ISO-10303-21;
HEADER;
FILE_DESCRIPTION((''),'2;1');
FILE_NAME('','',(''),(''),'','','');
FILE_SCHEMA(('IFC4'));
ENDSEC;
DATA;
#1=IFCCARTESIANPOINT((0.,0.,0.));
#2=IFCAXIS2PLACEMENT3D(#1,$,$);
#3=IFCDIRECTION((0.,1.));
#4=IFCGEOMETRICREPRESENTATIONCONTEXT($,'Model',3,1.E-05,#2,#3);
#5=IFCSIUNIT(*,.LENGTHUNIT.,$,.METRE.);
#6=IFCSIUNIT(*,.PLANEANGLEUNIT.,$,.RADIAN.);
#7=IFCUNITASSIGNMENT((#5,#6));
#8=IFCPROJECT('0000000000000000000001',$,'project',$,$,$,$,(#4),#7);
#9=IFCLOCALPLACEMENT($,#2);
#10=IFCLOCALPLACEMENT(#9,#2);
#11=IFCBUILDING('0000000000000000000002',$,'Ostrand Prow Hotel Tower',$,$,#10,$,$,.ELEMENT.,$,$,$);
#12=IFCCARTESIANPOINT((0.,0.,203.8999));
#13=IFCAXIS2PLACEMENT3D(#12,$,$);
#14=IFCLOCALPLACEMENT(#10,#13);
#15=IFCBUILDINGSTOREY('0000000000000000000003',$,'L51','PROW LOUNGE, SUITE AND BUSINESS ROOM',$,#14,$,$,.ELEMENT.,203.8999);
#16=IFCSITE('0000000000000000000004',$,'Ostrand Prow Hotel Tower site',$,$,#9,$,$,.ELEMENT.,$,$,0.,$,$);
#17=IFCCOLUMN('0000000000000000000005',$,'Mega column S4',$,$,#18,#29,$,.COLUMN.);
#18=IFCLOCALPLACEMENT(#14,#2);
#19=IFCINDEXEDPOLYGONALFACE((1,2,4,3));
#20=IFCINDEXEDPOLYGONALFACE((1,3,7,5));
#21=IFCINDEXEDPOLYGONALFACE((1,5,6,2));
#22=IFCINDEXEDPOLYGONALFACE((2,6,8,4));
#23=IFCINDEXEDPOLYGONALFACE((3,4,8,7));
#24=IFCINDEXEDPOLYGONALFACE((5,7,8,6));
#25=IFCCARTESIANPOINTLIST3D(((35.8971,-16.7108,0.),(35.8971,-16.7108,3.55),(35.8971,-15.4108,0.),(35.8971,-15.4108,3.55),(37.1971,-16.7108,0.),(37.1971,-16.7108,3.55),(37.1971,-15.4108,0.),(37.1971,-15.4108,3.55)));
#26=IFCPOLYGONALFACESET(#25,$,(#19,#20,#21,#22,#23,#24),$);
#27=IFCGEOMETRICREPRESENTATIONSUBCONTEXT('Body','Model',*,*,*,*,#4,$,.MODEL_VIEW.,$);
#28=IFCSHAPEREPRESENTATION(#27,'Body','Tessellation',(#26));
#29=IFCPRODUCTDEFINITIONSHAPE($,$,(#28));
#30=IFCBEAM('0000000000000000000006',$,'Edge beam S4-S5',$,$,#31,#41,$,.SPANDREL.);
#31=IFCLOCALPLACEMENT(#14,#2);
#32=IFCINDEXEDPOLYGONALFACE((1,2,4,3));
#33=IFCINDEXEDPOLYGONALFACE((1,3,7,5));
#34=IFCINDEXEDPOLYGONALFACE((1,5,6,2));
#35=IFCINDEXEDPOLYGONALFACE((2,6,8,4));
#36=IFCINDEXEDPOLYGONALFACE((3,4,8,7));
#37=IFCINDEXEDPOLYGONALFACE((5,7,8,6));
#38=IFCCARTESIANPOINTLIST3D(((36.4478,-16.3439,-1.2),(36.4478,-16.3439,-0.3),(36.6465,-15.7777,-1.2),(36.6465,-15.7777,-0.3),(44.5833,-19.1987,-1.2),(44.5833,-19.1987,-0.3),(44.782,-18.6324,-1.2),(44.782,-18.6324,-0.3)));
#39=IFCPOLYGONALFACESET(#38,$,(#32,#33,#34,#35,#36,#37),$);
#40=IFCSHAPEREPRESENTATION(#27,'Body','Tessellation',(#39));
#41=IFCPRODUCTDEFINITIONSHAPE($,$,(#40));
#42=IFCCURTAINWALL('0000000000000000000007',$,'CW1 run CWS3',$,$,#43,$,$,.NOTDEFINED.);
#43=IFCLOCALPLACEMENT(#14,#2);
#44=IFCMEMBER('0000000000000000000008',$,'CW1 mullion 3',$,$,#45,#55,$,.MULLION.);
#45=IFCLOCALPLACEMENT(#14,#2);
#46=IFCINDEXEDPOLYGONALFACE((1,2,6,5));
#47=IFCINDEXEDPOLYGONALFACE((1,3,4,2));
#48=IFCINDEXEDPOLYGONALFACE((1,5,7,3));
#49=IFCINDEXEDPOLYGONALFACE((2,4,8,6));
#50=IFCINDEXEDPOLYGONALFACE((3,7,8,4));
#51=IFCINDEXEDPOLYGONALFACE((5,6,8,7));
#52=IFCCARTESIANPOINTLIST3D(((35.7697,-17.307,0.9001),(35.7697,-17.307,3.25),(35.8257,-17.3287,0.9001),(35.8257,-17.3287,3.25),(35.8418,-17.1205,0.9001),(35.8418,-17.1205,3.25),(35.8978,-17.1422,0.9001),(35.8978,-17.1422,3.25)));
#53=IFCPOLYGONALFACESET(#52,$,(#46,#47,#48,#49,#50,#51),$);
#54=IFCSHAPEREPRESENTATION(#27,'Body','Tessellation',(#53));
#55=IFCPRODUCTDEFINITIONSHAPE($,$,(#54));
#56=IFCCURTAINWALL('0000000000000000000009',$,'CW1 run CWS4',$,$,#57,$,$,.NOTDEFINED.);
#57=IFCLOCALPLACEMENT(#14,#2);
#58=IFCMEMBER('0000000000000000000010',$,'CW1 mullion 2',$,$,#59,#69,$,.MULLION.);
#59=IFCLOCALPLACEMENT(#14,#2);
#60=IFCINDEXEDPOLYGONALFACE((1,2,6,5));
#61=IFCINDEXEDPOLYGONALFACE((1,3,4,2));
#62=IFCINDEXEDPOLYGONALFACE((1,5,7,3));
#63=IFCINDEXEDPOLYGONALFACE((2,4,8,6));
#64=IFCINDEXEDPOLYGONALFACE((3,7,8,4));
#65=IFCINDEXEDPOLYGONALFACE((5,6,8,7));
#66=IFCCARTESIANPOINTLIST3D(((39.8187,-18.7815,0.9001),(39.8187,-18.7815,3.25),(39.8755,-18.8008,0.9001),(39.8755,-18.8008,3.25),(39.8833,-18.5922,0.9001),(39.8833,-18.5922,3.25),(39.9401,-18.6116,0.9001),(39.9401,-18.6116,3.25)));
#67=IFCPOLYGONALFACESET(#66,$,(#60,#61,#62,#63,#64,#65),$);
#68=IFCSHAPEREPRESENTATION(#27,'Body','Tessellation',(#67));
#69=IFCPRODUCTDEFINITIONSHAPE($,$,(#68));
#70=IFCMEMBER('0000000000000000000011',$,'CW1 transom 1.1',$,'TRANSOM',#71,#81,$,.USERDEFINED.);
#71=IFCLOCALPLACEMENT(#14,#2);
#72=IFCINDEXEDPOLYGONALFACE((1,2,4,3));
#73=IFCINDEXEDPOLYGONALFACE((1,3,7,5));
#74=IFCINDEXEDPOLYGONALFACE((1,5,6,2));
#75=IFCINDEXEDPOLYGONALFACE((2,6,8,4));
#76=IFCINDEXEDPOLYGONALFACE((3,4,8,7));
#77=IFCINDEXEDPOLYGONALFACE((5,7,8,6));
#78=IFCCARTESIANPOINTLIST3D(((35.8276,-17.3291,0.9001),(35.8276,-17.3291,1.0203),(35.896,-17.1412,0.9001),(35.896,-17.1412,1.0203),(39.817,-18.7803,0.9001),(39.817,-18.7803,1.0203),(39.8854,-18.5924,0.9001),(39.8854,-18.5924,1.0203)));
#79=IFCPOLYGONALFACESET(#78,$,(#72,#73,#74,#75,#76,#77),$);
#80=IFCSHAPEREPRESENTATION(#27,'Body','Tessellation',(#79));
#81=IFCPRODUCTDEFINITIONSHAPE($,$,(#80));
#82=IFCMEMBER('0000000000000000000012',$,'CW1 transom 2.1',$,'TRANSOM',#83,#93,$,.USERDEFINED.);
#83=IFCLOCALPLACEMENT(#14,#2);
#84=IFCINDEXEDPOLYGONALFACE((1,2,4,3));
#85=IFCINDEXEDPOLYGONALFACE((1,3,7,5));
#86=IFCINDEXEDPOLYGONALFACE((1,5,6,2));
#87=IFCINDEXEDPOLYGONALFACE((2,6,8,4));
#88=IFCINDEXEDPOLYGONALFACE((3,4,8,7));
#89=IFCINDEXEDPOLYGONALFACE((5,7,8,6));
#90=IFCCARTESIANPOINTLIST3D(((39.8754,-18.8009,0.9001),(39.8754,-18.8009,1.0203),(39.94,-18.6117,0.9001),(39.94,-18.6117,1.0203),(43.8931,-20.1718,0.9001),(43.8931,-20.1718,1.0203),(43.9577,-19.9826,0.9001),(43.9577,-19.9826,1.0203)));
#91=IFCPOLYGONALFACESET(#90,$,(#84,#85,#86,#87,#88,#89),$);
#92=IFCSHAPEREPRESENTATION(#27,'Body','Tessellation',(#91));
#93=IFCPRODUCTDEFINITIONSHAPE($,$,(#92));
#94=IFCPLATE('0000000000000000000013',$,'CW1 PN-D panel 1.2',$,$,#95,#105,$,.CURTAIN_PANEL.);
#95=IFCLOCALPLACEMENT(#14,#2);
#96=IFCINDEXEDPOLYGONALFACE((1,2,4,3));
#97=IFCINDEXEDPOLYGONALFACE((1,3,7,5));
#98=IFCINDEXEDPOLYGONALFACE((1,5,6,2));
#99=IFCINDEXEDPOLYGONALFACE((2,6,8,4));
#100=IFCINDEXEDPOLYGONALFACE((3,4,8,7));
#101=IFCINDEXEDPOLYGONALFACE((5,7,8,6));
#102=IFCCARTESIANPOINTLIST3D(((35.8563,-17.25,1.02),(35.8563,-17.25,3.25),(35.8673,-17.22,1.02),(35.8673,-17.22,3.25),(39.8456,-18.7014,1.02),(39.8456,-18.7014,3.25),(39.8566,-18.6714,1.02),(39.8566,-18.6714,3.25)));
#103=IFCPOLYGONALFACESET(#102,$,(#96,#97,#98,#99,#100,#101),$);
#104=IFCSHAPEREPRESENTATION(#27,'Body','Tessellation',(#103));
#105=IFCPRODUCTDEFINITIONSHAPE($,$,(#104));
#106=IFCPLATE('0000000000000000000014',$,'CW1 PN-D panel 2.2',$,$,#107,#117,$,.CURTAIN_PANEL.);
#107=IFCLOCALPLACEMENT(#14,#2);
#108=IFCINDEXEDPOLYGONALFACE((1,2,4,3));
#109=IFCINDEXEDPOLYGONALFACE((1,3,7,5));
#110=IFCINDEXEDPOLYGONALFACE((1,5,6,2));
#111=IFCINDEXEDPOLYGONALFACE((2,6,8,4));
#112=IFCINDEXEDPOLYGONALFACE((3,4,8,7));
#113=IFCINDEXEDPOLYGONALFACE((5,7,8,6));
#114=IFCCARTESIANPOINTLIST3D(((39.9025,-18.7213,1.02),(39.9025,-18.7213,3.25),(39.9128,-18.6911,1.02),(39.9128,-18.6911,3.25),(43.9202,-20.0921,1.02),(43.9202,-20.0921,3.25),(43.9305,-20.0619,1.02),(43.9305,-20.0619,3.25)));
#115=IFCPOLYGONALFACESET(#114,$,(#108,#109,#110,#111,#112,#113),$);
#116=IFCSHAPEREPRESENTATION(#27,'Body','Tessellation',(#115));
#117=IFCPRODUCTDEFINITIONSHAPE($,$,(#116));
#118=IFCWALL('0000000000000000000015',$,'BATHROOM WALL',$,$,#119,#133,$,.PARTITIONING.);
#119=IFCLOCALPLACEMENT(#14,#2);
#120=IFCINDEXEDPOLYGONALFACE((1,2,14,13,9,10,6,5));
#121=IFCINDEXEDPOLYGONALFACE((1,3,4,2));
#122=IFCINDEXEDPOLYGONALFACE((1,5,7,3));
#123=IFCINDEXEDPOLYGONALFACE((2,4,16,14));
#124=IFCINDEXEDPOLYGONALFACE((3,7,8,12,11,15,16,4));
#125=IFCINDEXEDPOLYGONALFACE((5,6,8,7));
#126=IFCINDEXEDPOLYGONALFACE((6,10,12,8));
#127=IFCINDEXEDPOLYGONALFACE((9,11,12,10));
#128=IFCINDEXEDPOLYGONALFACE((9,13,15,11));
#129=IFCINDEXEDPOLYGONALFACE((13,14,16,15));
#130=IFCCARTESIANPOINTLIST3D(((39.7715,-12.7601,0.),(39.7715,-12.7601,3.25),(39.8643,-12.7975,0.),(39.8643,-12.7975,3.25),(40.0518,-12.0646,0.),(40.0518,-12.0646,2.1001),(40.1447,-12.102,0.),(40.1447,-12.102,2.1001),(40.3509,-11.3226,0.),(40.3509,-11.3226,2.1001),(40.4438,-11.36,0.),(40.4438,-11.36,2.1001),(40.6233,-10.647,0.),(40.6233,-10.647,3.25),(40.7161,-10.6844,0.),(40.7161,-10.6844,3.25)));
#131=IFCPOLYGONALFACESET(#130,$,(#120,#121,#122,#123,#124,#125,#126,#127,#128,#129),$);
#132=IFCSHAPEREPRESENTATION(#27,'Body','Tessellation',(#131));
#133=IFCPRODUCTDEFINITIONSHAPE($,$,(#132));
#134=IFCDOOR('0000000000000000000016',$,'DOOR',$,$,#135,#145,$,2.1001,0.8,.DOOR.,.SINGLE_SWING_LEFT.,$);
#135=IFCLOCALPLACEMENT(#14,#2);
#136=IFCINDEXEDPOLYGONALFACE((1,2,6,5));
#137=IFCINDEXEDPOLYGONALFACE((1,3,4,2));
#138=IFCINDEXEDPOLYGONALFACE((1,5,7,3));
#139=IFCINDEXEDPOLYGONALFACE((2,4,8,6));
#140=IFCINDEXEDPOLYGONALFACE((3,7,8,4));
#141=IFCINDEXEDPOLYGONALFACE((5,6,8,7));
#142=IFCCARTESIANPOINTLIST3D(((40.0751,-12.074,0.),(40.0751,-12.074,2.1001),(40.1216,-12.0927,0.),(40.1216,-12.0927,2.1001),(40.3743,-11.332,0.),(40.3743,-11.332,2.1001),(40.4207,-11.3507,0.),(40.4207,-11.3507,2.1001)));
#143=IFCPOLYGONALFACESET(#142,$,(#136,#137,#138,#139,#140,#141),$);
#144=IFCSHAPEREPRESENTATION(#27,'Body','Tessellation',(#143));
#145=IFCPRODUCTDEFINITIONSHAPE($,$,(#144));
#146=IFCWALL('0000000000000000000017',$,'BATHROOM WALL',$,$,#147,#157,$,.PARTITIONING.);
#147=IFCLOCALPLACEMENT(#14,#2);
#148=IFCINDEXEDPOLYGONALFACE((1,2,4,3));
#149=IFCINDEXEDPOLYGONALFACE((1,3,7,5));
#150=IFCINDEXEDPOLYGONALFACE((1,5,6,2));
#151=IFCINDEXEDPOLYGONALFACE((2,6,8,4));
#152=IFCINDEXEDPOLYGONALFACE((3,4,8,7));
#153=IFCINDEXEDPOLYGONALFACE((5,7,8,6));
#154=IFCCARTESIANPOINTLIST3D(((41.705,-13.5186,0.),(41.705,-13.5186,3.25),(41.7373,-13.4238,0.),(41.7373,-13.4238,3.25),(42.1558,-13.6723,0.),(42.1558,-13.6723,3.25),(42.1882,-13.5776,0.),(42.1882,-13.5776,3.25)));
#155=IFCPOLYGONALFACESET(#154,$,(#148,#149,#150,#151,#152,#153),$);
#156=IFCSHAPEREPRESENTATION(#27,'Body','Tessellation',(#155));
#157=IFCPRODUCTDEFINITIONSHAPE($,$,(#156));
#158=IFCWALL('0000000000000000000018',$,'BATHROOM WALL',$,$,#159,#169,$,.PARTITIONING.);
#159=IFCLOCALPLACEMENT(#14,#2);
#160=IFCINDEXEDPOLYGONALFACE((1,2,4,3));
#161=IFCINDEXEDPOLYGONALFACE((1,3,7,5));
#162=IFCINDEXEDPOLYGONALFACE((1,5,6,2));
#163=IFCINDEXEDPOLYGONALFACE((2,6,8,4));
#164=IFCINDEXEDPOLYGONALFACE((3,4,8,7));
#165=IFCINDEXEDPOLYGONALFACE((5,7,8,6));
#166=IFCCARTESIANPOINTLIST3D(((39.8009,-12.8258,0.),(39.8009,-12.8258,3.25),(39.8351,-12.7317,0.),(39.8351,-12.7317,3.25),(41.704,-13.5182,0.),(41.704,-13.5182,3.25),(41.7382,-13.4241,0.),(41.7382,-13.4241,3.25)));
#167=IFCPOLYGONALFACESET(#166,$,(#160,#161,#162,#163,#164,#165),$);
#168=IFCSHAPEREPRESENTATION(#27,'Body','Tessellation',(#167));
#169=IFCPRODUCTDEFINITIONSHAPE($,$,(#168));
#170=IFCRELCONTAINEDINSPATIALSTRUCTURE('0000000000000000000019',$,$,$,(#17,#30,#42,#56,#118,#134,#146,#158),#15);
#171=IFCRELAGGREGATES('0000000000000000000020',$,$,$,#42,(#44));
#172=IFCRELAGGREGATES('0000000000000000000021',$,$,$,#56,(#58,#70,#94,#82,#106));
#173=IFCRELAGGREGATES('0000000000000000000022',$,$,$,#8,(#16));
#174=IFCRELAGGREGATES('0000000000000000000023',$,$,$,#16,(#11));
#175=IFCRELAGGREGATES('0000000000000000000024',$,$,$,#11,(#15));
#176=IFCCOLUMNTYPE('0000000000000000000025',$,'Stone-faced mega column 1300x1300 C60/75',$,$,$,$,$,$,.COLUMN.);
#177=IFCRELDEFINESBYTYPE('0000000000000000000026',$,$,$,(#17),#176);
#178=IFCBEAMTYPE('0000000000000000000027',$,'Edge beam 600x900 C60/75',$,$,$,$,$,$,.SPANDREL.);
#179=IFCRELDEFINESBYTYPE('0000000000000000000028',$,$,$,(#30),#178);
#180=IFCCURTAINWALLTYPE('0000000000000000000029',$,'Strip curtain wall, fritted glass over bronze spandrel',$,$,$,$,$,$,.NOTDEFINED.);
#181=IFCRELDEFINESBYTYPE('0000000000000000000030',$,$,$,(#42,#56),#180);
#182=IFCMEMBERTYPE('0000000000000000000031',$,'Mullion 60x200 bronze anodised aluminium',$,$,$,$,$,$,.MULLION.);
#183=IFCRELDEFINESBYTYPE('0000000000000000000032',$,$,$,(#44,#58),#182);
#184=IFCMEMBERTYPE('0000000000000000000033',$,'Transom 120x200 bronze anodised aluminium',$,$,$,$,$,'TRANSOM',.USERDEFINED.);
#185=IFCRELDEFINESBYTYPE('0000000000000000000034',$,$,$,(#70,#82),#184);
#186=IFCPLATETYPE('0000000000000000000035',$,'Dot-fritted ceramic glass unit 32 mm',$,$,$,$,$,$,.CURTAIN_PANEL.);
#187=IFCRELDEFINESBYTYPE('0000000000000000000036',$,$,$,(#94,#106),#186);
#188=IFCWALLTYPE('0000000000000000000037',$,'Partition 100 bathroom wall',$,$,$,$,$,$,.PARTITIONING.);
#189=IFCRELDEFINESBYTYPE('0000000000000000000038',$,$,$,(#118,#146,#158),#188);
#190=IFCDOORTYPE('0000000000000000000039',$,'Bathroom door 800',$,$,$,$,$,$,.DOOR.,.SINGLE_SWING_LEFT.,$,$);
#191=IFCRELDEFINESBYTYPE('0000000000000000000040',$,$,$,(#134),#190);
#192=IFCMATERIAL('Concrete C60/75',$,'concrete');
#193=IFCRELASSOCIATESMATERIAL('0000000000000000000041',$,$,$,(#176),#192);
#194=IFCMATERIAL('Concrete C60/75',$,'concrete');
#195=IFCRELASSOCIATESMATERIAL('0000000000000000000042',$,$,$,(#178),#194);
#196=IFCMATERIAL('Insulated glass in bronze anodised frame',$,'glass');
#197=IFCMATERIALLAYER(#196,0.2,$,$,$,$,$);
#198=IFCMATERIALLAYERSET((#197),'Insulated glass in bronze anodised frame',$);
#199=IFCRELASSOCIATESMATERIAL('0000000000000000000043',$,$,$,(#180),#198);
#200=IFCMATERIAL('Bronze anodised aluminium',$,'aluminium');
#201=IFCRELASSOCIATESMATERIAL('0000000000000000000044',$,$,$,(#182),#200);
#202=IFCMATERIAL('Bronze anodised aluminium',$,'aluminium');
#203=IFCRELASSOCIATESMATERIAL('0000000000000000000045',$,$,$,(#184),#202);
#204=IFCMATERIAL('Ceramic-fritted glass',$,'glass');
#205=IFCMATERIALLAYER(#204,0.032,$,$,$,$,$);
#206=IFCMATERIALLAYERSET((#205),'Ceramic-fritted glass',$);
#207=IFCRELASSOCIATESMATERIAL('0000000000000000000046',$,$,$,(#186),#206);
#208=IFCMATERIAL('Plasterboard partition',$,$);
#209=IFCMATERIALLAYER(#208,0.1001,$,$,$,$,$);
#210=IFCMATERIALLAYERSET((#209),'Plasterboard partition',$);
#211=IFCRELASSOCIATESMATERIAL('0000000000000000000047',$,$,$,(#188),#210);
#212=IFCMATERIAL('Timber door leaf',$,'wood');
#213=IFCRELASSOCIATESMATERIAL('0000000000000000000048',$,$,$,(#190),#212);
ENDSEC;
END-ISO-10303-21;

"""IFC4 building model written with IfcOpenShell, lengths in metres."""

from ifc_helpers import new_model, si_unit, direction, frame, frame_2d, origin, origin_2d, place, context, subcontext, project, spatial, rectangle, extrude, material, layer, layer_set, material_profile, profile_set, type_object, element, fill, aggregate, save


model = new_model("IFC4")

# Units and contexts
model_context = context("Model", 3, precision=1e-05, world=origin(), true_north=direction((0.0, 1.0)))
body_context = subcontext(model_context, "Body", "Model", "MODEL_VIEW")
ifc_project = project(units=[si_unit("LENGTHUNIT", "METRE"), si_unit("PLANEANGLEUNIT", "RADIAN")], contexts=[model_context])

# Site, building, storey
site_placement = place(None, origin())
site = spatial("IfcSite", under=ifc_project, at=site_placement, Name="Ostrand Prow Hotel Tower site", CompositionType="ELEMENT", RefElevation=0.0)
building_placement = place(site_placement, origin())
building = spatial("IfcBuilding", under=site, at=building_placement, Name="Ostrand Prow Hotel Tower", CompositionType="ELEMENT")
storey_placement = place(building_placement, frame((0.0, 0.0, 203.8999)))
storey = spatial("IfcBuildingStorey", under=building, at=storey_placement, Name="L51", Description="PROW LOUNGE, SUITE AND BUSINESS ROOM", CompositionType="ELEMENT", Elevation=203.8999)

# Column
ifc_material_1 = material(Name="Concrete C60/75", Category="concrete")
ifc_material_profile_1 = material_profile(ifc_material_1, rectangle(XDim=1.3, YDim=1.3, at=origin_2d()), Name="RC 1300x1300")
ifc_profile_set_1 = profile_set([ifc_material_profile_1], Name="Concrete C60/75")
column_type = type_object("IfcColumnType", Name="Stone-faced mega column 1300x1300 C60/75", PredefinedType="COLUMN", material=ifc_profile_set_1)
column_placement = place(storey_placement, frame((36.5471, -16.0608, 0.0), z_axis=(0.0, 0.0, 1.0), x_axis=(1.0, 0.0, 0.0)))
element("IfcColumn", 1, at=column_placement, inside=storey, type_object=column_type, Name="Mega column S4", PredefinedType="COLUMN", context=body_context, shape_type="SweptSolid", body=[
    extrude(rectangle(XDim=1.3, YDim=1.3, at=origin_2d()), origin(), (0.0, 0.0, 1.0), 3.55),
])

# Beam
ifc_material_2 = material(Name="Concrete C60/75", Category="concrete")
ifc_material_profile_2 = material_profile(ifc_material_2, rectangle(XDim=0.6001, YDim=0.8999, at=origin_2d()), Name="RC 600x900")
ifc_profile_set_2 = profile_set([ifc_material_profile_2], Name="Concrete C60/75")
beam_type = type_object("IfcBeamType", Name="Edge beam 600x900 C60/75", PredefinedType="SPANDREL", material=ifc_profile_set_2)
beam_placement = place(storey_placement, frame((36.5471, -16.0608, -0.75), z_axis=(0.943594, -0.331106, 0.0), x_axis=(0.331106, 0.943594, 0.0)))
element("IfcBeam", 2, at=beam_placement, inside=storey, type_object=beam_type, Name="Edge beam S4-S5", PredefinedType="SPANDREL", context=body_context, shape_type="SweptSolid", body=[
    extrude(rectangle(XDim=0.6001, YDim=0.8999, at=origin_2d()), origin(), (0.0, 0.0, 1.0), 8.6218),
])

# Curtain wall, member
ifc_material_3 = material(Name="Insulated glass in bronze anodised frame", Category="glass")
ifc_layer_1 = layer(ifc_material_3, 0.2)
ifc_layer_set_1 = layer_set([ifc_layer_1], Name="Insulated glass in bronze anodised frame")
curtain_wall_type = type_object("IfcCurtainWallType", Name="Strip curtain wall, fritted glass over bronze spandrel", PredefinedType="NOTDEFINED", material=ifc_layer_set_1)
curtain_wall_1_placement = place(storey_placement, origin())
curtain_wall_1 = element("IfcCurtainWall", 3, at=curtain_wall_1_placement, inside=storey, type_object=curtain_wall_type, Name="CW1 run CWS3", PredefinedType="NOTDEFINED")
ifc_material_4 = material(Name="Bronze anodised aluminium", Category="aluminium")
ifc_material_profile_3 = material_profile(ifc_material_4, rectangle(XDim=0.2, YDim=0.0601, at=origin_2d()), Name="Mullion 60x200 bronze anodised aluminium")
ifc_profile_set_3 = profile_set([ifc_material_profile_3], Name="Bronze anodised aluminium")
member_type_1 = type_object("IfcMemberType", Name="Mullion 60x200 bronze anodised aluminium", PredefinedType="MULLION", material=ifc_profile_set_3)
member_1_placement = place(storey_placement, frame((35.8337, -17.2246, 0.9001), z_axis=(0.0, 0.0, 1.0), x_axis=(0.360749, 0.932663, 0.0)))
member_1 = element("IfcMember", 4, at=member_1_placement, type_object=member_type_1, Name="CW1 mullion 3", PredefinedType="MULLION", context=body_context, shape_type="SweptSolid", body=[
    extrude(rectangle(XDim=0.2, YDim=0.0601, at=origin_2d()), origin(), (0.0, 0.0, 1.0), 2.3499),
])
aggregate(curtain_wall_1, [member_1])

# Curtain wall, members, plates
curtain_wall_2_placement = place(storey_placement, origin())
curtain_wall_2 = element("IfcCurtainWall", 5, at=curtain_wall_2_placement, inside=storey, type_object=curtain_wall_type, Name="CW1 run CWS4", PredefinedType="NOTDEFINED")
member_2_placement = place(storey_placement, frame((39.8794, -18.6965, 0.9001), z_axis=(0.0, 0.0, 1.0), x_axis=(0.322908, 0.94643, 0.0)))
member_2 = element("IfcMember", 6, at=member_2_placement, type_object=member_type_1, Name="CW1 mullion 2", PredefinedType="MULLION", context=body_context, shape_type="SweptSolid", body=[
    extrude(rectangle(XDim=0.2, YDim=0.0601, at=origin_2d()), origin(), (0.0, 0.0, 1.0), 2.3499),
])
ifc_material_5 = material(Name="Bronze anodised aluminium", Category="aluminium")
ifc_material_profile_4 = material_profile(ifc_material_5, rectangle(XDim=0.2, YDim=0.1201, at=origin_2d()), Name="Transom 120x200 bronze anodised aluminium")
ifc_profile_set_4 = profile_set([ifc_material_profile_4], Name="Bronze anodised aluminium")
member_type_2 = type_object("IfcMemberType", Name="Transom 120x200 bronze anodised aluminium", ElementType="TRANSOM", PredefinedType="USERDEFINED", material=ifc_profile_set_4)
member_3_placement = place(storey_placement, frame((35.8618, -17.2351, 0.9602), z_axis=(0.939753, -0.341854, 0.0), x_axis=(0.341854, 0.939753, 0.0)))
member_3 = element("IfcMember", 7, at=member_3_placement, type_object=member_type_2, Name="CW1 transom 1.1", ObjectType="TRANSOM", PredefinedType="USERDEFINED", context=body_context, shape_type="SweptSolid", body=[
    extrude(rectangle(XDim=0.2, YDim=0.1201, at=origin_2d()), origin(), (0.0, 0.0, 1.0), 4.2451),
])
member_4_placement = place(storey_placement, frame((39.9077, -18.7063, 0.9602), z_axis=(0.946422, -0.322932, 0.0), x_axis=(0.322932, 0.946422, 0.0)))
member_4 = element("IfcMember", 8, at=member_4_placement, type_object=member_type_2, Name="CW1 transom 2.1", ObjectType="TRANSOM", PredefinedType="USERDEFINED", context=body_context, shape_type="SweptSolid", body=[
    extrude(rectangle(XDim=0.2, YDim=0.1201, at=origin_2d()), origin(), (0.0, 0.0, 1.0), 4.2451),
])
ifc_material_6 = material(Name="Ceramic-fritted glass", Category="glass")
ifc_layer_2 = layer(ifc_material_6, 0.032)
ifc_layer_set_2 = layer_set([ifc_layer_2], Name="Ceramic-fritted glass")
plate_type = type_object("IfcPlateType", Name="Dot-fritted ceramic glass unit 32 mm", PredefinedType="CURTAIN_PANEL", material=ifc_layer_set_2)
plate_1_placement = place(storey_placement, frame((37.8564, -17.9607, 1.02), z_axis=(0.0, 0.0, 1.0), x_axis=(0.939737, -0.341897, 0.0)))
plate_1 = element("IfcPlate", 9, at=plate_1_placement, type_object=plate_type, Name="CW1 PN-D panel 1.2", PredefinedType="CURTAIN_PANEL", context=body_context, shape_type="SweptSolid", body=[
    extrude(rectangle(XDim=4.2451, YDim=0.032, at=origin_2d()), origin(), (0.0, 0.0, 1.0), 2.23),
])
plate_2_placement = place(storey_placement, frame((41.9165, -19.3916, 1.02), z_axis=(0.0, 0.0, 1.0), x_axis=(0.94643, -0.322908, 0.0)))
plate_2 = element("IfcPlate", 10, at=plate_2_placement, type_object=plate_type, Name="CW1 PN-D panel 2.2", PredefinedType="CURTAIN_PANEL", context=body_context, shape_type="SweptSolid", body=[
    extrude(rectangle(XDim=4.2451, YDim=0.032, at=origin_2d()), origin(), (0.0, 0.0, 1.0), 2.23),
])
aggregate(curtain_wall_2, [member_2, member_3, plate_1, member_4, plate_2])

# Wall, opening, door
ifc_material_7 = material(Name="Plasterboard partition")
ifc_layer_3 = layer(ifc_material_7, 0.1001)
ifc_layer_set_3 = layer_set([ifc_layer_3], Name="Plasterboard partition")
wall_type_1 = type_object("IfcWallType", Name="Partition 100 bathroom wall", PredefinedType="PARTITIONING", material=ifc_layer_set_3)
wall_1_placement = place(storey_placement, frame((39.8179, -12.7788, 0.0), z_axis=(0.0, 0.0, 1.0), x_axis=(0.373884, 0.927476, 0.0)))
wall_1 = element("IfcWall", 11, at=wall_1_placement, inside=storey, type_object=wall_type_1, Name="BATHROOM WALL", PredefinedType="PARTITIONING", context=body_context, shape_type="SweptSolid", body=[
    extrude(rectangle(XDim=2.2783, YDim=0.1001, at=frame_2d((1.1392, 0.0))), origin(), (0.0, 0.0, 1.0), 3.25),
])
opening_1_placement = place(wall_1_placement, frame((0.75, 0.0, 0.0)))
opening_1 = element("IfcOpeningElement", 12, at=opening_1_placement, cuts=wall_1, PredefinedType="OPENING", context=body_context, shape_type="SweptSolid", body=[
    extrude(rectangle(XDim=0.8, YDim=2.1001, at=frame_2d((0.3999, 1.05))), frame((0.0, 0.0601, 0.0), z_axis=(0.0, -1.0, 0.0), x_axis=(1.0, 0.0, 0.0)), (0.0, 0.0, 1.0), 0.1201),
])
ifc_material_8 = material(Name="Timber door leaf", Category="wood")
door_type_1 = type_object("IfcDoorType", Name="Bathroom door 800", OperationType="SINGLE_SWING_LEFT", PredefinedType="DOOR", material=ifc_material_8)
door_1_placement = place(opening_1_placement, origin())
door_1 = element("IfcDoor", 13, at=door_1_placement, inside=storey, type_object=door_type_1, Name="DOOR", OperationType="SINGLE_SWING_LEFT", OverallHeight=2.1001, OverallWidth=0.8, PredefinedType="DOOR", context=body_context, shape_type="SweptSolid", body=[
    extrude(rectangle(XDim=0.8, YDim=2.1001, at=frame_2d((0.3999, 1.05))), frame((0.0, 0.0249, 0.0), z_axis=(0.0, -1.0, 0.0), x_axis=(1.0, 0.0, 0.0)), (0.0, 0.0, 1.0), 0.05),
])
fill(opening_1, door_1)

# Walls
wall_2_placement = place(storey_placement, frame((42.1721, -13.625, 0.0), z_axis=(0.0, 0.0, 1.0), x_axis=(-0.946457, 0.32283, 0.0)))
element("IfcWall", 14, at=wall_2_placement, inside=storey, type_object=wall_type_1, Name="BATHROOM WALL", PredefinedType="PARTITIONING", context=body_context, shape_type="SweptSolid", body=[
    extrude(rectangle(XDim=0.4763, YDim=0.1001, at=frame_2d((0.2383, 0.0))), origin(), (0.0, 0.0, 1.0), 3.25),
])
wall_3_placement = place(storey_placement, frame((41.7212, -13.4712, 0.0), z_axis=(0.0, 0.0, 1.0), x_axis=(-0.939737, 0.341898, 0.0)))
element("IfcWall", 15, at=wall_3_placement, inside=storey, type_object=wall_type_1, Name="BATHROOM WALL", PredefinedType="PARTITIONING", context=body_context, shape_type="SweptSolid", body=[
    extrude(rectangle(XDim=2.0251, YDim=0.1001, at=frame_2d((1.0127, 0.0))), origin(), (0.0, 0.0, 1.0), 3.25),
])

save(model, "model.ifc")
